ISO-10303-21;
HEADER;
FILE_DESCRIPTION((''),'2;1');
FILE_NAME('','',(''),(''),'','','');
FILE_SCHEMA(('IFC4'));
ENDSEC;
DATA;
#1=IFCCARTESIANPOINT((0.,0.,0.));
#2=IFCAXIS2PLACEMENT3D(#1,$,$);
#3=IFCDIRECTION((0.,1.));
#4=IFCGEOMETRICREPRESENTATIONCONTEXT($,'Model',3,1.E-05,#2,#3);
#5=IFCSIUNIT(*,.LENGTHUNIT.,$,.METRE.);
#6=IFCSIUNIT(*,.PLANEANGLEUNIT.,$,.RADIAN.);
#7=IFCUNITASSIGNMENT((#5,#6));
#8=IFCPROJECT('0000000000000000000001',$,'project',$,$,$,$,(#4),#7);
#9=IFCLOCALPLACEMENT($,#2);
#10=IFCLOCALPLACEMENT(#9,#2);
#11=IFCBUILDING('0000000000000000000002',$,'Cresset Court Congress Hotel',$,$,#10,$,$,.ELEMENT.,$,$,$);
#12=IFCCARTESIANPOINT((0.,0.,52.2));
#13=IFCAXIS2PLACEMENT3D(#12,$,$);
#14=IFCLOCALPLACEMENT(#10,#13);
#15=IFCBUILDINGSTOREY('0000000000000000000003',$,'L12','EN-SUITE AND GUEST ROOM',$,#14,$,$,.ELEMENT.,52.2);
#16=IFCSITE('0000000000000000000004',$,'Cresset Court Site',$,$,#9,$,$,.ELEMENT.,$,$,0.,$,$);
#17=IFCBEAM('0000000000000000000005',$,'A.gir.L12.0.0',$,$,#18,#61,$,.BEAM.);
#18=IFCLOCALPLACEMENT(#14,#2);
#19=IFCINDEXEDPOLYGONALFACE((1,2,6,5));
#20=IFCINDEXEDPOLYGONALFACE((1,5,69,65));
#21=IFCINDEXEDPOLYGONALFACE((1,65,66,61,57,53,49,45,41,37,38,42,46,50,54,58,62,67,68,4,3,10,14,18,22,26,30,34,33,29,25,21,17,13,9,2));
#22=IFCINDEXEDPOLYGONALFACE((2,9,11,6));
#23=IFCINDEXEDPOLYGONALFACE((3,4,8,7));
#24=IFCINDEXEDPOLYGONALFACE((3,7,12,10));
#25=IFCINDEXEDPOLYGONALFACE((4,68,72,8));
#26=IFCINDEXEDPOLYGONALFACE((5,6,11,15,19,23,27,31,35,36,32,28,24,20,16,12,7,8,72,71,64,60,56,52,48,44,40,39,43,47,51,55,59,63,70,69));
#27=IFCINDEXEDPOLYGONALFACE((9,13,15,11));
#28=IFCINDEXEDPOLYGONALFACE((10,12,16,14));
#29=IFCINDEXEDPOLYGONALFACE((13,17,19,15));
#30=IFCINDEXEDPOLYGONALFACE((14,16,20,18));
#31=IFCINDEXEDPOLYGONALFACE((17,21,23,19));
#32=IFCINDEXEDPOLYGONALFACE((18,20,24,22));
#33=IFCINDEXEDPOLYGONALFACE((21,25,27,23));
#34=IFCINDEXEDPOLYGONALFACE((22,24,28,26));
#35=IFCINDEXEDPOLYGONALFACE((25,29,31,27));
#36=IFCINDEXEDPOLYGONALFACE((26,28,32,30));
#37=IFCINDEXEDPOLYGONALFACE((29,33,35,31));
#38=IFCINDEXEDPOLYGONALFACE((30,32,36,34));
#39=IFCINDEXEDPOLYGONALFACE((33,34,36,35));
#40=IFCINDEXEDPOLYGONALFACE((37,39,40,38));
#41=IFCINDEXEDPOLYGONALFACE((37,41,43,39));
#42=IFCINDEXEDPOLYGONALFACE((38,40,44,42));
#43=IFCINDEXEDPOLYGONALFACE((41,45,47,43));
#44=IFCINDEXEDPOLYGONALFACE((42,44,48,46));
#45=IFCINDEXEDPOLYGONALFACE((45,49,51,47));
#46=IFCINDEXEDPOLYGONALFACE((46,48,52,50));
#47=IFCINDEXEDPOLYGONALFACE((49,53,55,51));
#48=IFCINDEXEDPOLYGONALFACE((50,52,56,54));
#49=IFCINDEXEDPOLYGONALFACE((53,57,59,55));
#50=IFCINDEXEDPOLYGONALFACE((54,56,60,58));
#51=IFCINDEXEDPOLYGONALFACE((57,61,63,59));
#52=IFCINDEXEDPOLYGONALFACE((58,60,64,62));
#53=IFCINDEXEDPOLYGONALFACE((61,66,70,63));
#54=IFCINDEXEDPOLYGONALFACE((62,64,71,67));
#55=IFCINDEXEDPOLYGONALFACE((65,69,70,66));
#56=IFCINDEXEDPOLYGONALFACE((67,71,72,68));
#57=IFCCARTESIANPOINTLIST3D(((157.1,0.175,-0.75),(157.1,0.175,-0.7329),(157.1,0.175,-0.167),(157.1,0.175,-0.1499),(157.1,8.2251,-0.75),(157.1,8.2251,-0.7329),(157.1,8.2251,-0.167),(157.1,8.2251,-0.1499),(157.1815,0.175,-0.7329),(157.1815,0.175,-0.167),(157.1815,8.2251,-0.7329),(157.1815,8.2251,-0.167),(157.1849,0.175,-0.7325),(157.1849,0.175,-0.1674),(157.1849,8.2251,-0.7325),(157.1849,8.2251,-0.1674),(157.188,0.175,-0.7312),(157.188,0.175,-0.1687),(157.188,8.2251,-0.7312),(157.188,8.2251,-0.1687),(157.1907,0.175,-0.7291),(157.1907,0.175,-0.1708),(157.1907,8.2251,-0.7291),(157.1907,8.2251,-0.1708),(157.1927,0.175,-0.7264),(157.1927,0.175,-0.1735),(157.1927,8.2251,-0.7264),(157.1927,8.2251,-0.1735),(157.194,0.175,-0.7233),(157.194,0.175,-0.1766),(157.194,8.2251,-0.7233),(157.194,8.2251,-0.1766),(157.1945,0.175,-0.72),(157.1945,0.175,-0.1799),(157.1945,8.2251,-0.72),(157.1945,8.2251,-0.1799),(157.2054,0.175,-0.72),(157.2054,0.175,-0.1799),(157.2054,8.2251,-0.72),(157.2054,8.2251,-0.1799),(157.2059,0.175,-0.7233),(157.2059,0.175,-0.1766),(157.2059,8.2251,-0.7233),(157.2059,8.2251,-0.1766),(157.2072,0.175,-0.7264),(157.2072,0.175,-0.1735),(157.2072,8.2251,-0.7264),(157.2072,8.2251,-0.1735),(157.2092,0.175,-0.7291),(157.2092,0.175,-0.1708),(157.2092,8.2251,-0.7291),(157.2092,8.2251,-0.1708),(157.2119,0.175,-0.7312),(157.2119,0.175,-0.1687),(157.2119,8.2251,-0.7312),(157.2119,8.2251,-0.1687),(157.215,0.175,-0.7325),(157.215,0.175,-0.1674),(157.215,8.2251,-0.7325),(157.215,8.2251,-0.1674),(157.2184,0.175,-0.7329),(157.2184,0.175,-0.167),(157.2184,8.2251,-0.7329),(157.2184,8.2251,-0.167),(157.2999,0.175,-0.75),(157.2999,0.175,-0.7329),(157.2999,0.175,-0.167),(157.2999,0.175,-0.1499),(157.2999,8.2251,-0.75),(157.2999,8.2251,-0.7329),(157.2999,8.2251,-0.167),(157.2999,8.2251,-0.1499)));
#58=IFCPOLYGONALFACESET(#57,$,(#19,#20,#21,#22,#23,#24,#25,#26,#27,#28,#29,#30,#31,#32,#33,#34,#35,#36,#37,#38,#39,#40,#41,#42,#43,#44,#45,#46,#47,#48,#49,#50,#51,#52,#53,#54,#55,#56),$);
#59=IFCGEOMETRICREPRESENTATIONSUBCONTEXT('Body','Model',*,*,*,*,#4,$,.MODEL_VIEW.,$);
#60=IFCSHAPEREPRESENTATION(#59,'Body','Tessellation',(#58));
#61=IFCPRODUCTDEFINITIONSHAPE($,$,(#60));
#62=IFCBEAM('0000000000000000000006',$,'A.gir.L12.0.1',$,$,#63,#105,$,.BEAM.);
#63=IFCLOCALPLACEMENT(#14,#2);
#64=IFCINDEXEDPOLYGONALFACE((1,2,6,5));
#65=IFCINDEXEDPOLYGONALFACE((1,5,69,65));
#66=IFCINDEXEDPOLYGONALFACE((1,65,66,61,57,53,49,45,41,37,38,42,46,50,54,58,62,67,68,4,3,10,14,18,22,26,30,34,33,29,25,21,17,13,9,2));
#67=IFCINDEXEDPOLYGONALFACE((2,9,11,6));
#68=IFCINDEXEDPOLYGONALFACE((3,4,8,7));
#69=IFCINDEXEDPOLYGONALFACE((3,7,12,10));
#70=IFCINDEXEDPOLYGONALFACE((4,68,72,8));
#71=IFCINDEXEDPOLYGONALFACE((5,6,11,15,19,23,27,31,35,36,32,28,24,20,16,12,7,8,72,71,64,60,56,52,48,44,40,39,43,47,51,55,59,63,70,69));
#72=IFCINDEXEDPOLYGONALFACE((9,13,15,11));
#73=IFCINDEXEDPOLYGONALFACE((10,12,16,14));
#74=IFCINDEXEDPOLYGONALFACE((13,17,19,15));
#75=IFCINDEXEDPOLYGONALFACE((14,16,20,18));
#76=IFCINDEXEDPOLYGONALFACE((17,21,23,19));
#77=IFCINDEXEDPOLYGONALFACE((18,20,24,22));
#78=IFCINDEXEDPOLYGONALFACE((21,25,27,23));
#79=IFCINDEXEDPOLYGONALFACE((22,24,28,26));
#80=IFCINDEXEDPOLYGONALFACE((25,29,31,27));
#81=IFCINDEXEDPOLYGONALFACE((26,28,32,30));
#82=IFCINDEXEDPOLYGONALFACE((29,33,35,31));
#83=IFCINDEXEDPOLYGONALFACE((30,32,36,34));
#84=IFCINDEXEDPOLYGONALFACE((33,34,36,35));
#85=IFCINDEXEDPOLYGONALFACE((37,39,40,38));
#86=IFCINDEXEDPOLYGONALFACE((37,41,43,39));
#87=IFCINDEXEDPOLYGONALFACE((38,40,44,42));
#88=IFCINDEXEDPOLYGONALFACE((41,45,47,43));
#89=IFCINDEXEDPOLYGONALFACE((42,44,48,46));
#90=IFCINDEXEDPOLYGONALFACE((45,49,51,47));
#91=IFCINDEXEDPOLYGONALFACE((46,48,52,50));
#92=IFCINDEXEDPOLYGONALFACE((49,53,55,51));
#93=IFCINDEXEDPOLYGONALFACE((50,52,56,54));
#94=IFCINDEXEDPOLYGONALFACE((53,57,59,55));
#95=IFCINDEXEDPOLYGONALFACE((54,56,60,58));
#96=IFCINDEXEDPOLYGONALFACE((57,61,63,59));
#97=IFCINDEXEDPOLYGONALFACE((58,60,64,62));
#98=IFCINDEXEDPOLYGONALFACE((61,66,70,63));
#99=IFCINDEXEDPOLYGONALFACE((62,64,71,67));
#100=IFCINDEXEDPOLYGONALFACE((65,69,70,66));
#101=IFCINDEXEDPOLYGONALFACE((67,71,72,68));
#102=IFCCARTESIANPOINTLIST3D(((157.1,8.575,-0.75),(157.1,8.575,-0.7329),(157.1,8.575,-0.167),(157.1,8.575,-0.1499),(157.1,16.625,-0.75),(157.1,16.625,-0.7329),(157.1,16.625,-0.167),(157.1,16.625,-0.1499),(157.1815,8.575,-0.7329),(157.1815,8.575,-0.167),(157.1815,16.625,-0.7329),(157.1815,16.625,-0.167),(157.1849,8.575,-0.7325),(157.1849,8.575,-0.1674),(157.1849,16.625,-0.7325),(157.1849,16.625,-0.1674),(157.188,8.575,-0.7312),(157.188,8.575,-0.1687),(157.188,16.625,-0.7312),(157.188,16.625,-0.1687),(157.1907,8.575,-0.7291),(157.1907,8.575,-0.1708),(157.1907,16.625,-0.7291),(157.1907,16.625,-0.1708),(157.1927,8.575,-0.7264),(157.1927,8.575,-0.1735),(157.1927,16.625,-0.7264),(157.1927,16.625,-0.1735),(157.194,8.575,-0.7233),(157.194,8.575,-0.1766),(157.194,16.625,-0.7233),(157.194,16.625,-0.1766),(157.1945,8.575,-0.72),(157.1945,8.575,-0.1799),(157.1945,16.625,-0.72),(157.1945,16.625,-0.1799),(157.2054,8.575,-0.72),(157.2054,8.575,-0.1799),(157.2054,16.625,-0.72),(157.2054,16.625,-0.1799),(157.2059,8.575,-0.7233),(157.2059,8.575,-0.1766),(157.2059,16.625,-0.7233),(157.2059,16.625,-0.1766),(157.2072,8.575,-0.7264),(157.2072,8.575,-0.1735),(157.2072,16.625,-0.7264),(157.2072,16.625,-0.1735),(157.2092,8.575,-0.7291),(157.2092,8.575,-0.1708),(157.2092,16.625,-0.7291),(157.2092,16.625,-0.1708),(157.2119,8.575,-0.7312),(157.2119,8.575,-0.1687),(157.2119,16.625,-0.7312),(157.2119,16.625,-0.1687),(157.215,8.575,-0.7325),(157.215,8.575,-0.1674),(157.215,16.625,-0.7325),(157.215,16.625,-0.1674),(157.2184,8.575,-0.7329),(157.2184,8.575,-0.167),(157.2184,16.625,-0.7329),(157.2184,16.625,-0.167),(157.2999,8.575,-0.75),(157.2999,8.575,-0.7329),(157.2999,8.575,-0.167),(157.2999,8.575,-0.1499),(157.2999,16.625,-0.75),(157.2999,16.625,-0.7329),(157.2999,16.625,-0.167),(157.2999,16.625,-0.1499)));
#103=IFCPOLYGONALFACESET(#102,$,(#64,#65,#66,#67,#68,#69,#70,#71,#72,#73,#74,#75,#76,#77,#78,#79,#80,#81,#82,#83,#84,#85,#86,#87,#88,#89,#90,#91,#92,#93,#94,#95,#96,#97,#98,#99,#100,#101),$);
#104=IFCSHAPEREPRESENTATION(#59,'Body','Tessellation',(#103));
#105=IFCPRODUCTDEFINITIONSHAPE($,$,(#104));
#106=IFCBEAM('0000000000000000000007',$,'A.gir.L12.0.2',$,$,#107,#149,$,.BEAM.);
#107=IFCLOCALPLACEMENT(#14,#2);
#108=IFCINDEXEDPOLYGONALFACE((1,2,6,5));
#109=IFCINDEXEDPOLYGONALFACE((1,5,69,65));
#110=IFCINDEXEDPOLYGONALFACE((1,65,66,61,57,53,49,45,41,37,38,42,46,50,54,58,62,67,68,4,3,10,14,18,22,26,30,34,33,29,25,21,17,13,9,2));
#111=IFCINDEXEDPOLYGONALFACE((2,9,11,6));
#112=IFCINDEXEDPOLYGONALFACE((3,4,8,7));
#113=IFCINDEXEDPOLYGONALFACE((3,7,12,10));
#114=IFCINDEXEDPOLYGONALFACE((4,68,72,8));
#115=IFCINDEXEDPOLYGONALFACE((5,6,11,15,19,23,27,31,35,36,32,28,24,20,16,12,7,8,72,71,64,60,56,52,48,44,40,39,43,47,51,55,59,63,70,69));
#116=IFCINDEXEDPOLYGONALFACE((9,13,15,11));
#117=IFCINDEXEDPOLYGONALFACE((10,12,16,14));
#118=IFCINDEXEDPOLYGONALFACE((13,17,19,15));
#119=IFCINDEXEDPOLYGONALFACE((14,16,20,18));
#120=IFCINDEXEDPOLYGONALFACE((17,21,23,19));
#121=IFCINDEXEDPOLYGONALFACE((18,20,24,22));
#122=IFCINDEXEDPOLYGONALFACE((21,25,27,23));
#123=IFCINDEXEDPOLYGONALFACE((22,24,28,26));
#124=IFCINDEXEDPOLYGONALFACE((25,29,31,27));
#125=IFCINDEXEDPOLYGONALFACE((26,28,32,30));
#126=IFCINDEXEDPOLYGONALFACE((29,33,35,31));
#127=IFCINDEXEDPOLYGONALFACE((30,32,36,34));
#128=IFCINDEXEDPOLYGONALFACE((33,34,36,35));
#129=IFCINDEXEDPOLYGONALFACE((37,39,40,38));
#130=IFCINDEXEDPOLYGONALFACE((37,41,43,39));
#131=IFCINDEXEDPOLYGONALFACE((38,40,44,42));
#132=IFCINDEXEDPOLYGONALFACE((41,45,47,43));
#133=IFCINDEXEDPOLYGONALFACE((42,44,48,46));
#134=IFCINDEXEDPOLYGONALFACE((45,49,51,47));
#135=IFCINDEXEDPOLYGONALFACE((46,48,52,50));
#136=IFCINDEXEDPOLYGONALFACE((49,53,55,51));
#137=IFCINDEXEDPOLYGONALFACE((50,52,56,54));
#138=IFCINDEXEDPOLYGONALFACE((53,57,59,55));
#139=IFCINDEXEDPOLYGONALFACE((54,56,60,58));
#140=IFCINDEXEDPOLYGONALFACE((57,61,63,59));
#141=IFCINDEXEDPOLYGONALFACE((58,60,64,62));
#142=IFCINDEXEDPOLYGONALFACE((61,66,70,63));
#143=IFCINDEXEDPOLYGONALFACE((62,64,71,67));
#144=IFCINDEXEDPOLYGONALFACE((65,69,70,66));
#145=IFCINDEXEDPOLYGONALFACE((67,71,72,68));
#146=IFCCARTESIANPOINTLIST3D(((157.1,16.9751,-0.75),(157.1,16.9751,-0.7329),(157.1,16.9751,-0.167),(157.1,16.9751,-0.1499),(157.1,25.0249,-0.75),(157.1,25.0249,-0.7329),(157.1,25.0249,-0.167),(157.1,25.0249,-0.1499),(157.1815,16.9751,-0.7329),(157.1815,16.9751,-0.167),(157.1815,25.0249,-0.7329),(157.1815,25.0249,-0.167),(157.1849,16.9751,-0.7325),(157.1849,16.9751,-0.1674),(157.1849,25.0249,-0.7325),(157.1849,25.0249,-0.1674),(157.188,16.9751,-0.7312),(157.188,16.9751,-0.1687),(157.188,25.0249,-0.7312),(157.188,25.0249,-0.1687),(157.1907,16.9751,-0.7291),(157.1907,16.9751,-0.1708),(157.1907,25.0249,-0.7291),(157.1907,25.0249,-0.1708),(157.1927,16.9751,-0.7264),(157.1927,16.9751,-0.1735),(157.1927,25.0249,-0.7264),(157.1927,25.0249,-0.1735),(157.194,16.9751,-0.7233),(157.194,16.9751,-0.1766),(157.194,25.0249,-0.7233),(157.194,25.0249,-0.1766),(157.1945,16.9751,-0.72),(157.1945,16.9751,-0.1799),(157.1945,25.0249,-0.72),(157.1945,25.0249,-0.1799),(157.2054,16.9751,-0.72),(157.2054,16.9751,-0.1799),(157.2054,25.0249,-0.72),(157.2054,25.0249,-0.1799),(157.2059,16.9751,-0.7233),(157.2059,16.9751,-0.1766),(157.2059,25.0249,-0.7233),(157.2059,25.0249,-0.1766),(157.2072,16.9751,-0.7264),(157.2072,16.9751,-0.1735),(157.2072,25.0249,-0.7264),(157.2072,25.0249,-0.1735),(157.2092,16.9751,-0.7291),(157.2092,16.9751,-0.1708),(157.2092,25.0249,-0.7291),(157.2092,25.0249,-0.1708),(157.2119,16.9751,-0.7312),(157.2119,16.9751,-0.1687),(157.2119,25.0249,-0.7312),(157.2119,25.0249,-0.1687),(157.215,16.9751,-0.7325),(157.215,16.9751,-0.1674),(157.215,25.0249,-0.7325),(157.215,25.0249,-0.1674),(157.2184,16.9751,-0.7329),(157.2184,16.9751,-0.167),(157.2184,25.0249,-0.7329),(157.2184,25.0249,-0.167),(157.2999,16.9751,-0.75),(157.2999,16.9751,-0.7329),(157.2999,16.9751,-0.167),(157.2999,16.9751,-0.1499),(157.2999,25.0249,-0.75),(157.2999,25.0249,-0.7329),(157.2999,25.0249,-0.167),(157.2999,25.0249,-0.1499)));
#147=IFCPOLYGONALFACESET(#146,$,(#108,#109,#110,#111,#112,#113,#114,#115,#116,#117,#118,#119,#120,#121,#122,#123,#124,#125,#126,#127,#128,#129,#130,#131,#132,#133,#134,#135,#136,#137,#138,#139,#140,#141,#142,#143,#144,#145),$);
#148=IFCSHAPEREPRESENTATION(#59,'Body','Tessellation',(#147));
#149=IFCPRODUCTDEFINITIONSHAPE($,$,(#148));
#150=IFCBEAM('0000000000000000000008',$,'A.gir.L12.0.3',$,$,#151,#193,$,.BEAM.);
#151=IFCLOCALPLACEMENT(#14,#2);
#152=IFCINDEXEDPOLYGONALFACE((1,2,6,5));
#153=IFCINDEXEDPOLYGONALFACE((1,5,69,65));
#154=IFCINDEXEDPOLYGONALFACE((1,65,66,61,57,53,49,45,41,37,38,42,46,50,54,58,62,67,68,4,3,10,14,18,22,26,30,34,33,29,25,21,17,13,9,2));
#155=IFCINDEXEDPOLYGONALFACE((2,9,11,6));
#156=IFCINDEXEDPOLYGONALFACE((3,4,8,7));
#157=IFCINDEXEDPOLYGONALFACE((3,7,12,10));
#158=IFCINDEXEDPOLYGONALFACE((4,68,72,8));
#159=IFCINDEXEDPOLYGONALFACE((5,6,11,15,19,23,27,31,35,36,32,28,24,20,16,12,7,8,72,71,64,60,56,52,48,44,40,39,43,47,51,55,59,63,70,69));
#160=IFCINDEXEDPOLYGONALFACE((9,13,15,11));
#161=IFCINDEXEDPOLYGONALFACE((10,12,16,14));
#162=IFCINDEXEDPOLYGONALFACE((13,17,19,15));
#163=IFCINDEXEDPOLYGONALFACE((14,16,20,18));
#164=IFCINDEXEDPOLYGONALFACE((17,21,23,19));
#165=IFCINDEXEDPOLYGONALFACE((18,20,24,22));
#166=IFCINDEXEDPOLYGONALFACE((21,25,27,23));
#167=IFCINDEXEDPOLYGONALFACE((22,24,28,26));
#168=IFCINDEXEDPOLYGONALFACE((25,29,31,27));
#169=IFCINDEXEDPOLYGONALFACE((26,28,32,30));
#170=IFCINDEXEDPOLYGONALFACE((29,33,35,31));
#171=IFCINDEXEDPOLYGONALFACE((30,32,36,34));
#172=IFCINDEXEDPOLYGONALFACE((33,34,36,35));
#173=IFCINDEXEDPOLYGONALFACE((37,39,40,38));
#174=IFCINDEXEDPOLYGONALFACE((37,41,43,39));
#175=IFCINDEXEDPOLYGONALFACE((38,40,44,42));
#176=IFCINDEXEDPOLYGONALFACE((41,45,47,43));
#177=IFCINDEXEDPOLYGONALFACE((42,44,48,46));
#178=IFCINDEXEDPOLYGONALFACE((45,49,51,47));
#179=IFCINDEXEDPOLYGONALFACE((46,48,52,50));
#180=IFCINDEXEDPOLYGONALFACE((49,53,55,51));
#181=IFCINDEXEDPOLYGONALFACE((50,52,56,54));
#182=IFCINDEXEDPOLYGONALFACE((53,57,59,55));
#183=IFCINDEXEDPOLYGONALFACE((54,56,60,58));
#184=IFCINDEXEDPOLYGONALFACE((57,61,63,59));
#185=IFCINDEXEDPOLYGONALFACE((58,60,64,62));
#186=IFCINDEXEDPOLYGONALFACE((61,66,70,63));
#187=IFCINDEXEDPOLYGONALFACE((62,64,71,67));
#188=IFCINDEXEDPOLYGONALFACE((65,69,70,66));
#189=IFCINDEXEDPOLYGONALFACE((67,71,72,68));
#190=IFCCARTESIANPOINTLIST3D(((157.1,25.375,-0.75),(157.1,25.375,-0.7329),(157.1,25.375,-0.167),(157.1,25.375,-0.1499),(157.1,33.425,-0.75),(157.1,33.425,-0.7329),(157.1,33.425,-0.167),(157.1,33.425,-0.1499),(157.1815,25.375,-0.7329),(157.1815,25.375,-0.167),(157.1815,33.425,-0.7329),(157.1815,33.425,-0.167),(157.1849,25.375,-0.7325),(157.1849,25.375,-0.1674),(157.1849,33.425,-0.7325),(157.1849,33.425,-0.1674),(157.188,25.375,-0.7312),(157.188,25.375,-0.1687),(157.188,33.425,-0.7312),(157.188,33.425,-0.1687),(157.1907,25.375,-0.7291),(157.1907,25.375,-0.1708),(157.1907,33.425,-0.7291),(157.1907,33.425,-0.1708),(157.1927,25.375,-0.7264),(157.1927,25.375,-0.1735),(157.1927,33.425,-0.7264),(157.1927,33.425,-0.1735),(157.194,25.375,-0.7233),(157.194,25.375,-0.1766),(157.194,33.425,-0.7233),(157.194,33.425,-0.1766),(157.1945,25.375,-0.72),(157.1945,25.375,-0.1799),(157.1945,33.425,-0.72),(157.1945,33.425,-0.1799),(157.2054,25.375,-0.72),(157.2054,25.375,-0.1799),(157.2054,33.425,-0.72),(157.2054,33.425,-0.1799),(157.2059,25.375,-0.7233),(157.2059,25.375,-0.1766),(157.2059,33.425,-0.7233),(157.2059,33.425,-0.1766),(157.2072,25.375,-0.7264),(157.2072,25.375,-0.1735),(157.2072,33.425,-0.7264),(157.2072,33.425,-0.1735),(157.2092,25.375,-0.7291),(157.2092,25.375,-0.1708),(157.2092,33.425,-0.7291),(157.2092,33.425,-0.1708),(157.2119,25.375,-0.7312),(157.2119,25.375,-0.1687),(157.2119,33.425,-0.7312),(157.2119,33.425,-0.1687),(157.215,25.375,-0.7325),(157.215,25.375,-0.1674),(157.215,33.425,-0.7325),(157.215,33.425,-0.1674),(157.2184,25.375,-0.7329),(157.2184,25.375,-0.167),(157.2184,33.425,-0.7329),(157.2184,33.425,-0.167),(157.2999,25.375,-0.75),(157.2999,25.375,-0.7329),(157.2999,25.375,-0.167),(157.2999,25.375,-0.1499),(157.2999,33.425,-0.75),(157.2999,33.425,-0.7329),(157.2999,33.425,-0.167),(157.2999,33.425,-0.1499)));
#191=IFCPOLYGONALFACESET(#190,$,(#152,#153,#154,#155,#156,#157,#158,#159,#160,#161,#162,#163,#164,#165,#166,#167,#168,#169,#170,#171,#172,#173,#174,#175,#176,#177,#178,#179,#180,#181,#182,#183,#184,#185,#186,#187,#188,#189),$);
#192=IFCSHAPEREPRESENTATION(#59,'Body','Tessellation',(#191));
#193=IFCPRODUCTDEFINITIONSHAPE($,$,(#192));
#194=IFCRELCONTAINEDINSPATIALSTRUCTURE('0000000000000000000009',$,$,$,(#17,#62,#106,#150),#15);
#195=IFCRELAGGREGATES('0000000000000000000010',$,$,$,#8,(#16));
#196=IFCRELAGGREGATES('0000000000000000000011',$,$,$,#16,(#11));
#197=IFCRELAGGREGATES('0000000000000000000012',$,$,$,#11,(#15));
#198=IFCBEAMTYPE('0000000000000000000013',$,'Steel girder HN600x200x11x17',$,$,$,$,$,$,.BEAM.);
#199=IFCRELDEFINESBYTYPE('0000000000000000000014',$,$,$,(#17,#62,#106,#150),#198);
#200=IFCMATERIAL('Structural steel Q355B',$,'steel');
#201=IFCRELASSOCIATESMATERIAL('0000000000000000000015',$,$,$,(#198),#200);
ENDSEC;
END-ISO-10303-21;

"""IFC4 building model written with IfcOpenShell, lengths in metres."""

from ifc_helpers import new_model, si_unit, direction, frame, origin, origin_2d, place, context, subcontext, project, spatial, i_section, extrude, material, material_profile, profile_set, type_object, element, save


model = new_model("IFC4")

# Units and contexts
model_context = context("Model", 3, precision=1e-05, world=origin(), true_north=direction((0.0, 1.0)))
body_context = subcontext(model_context, "Body", "Model", "MODEL_VIEW")
ifc_project = project(units=[si_unit("LENGTHUNIT", "METRE"), si_unit("PLANEANGLEUNIT", "RADIAN")], contexts=[model_context])

# Site, building, storey
site_placement = place(None, origin())
site = spatial("IfcSite", under=ifc_project, at=site_placement, Name="Cresset Court Site", CompositionType="ELEMENT", RefElevation=0.0)
building_placement = place(site_placement, origin())
building = spatial("IfcBuilding", under=site, at=building_placement, Name="Cresset Court Congress Hotel", CompositionType="ELEMENT")
storey_placement = place(building_placement, frame((0.0, 0.0, 52.2)))
storey = spatial("IfcBuildingStorey", under=building, at=storey_placement, Name="L12", Description="EN-SUITE AND GUEST ROOM", CompositionType="ELEMENT", Elevation=52.2)

# Beams
ifc_material_1 = material(Name="Structural steel Q355B", Category="steel")
ifc_material_profile_1 = material_profile(ifc_material_1, i_section(OverallWidth=0.2, OverallDepth=0.6001, WebThickness=0.011, FlangeThickness=0.0171, FilletRadius=0.0129, at=origin_2d()), Name="HN600x200x11x17")
ifc_profile_set_1 = profile_set([ifc_material_profile_1], Name="Structural steel Q355B")
beam_type_1 = type_object("IfcBeamType", Name="Steel girder HN600x200x11x17", PredefinedType="BEAM", material=ifc_profile_set_1)
for number, where, z_axis, x_axis, name in (
    (1, (157.2, 0.175, -0.45), (0.0, 1.0, 0.0), (-1.0, 0.0, 0.0), "A.gir.L12.0.0"),
    (2, (157.2, 8.575, -0.45), (0.0, 1.0, 0.0), (-1.0, 0.0, 0.0), "A.gir.L12.0.1"),
):
    element("IfcBeam", number, at=place(storey_placement, frame(where, z_axis=z_axis, x_axis=x_axis)), inside=storey, type_object=beam_type_1, Name=name, PredefinedType="BEAM", context=body_context, shape_type="SweptSolid", body=[
        extrude(i_section(OverallWidth=0.2, OverallDepth=0.6001, WebThickness=0.011, FlangeThickness=0.0171, FilletRadius=0.0129, at=origin_2d()), origin(), (0.0, 0.0, 1.0), 8.05),
    ])
beam_1_placement = place(storey_placement, frame((157.2, 16.9751, -0.45), z_axis=(0.0, 1.0, 0.0), x_axis=(-1.0, 0.0, 0.0)))
element("IfcBeam", 3, at=beam_1_placement, inside=storey, type_object=beam_type_1, Name="A.gir.L12.0.2", PredefinedType="BEAM", context=body_context, shape_type="SweptSolid", body=[
    extrude(i_section(OverallWidth=0.2, OverallDepth=0.6001, WebThickness=0.011, FlangeThickness=0.0171, FilletRadius=0.0129, at=origin_2d()), origin(), (0.0, 0.0, 1.0), 8.0498),
])
beam_2_placement = place(storey_placement, frame((157.2, 25.375, -0.45), z_axis=(0.0, 1.0, 0.0), x_axis=(-1.0, 0.0, 0.0)))
element("IfcBeam", 4, at=beam_2_placement, inside=storey, type_object=beam_type_1, Name="A.gir.L12.0.3", PredefinedType="BEAM", context=body_context, shape_type="SweptSolid", body=[
    extrude(i_section(OverallWidth=0.2, OverallDepth=0.6001, WebThickness=0.011, FlangeThickness=0.0171, FilletRadius=0.0129, at=origin_2d()), origin(), (0.0, 0.0, 1.0), 8.05),
])

save(model, "model.ifc")
